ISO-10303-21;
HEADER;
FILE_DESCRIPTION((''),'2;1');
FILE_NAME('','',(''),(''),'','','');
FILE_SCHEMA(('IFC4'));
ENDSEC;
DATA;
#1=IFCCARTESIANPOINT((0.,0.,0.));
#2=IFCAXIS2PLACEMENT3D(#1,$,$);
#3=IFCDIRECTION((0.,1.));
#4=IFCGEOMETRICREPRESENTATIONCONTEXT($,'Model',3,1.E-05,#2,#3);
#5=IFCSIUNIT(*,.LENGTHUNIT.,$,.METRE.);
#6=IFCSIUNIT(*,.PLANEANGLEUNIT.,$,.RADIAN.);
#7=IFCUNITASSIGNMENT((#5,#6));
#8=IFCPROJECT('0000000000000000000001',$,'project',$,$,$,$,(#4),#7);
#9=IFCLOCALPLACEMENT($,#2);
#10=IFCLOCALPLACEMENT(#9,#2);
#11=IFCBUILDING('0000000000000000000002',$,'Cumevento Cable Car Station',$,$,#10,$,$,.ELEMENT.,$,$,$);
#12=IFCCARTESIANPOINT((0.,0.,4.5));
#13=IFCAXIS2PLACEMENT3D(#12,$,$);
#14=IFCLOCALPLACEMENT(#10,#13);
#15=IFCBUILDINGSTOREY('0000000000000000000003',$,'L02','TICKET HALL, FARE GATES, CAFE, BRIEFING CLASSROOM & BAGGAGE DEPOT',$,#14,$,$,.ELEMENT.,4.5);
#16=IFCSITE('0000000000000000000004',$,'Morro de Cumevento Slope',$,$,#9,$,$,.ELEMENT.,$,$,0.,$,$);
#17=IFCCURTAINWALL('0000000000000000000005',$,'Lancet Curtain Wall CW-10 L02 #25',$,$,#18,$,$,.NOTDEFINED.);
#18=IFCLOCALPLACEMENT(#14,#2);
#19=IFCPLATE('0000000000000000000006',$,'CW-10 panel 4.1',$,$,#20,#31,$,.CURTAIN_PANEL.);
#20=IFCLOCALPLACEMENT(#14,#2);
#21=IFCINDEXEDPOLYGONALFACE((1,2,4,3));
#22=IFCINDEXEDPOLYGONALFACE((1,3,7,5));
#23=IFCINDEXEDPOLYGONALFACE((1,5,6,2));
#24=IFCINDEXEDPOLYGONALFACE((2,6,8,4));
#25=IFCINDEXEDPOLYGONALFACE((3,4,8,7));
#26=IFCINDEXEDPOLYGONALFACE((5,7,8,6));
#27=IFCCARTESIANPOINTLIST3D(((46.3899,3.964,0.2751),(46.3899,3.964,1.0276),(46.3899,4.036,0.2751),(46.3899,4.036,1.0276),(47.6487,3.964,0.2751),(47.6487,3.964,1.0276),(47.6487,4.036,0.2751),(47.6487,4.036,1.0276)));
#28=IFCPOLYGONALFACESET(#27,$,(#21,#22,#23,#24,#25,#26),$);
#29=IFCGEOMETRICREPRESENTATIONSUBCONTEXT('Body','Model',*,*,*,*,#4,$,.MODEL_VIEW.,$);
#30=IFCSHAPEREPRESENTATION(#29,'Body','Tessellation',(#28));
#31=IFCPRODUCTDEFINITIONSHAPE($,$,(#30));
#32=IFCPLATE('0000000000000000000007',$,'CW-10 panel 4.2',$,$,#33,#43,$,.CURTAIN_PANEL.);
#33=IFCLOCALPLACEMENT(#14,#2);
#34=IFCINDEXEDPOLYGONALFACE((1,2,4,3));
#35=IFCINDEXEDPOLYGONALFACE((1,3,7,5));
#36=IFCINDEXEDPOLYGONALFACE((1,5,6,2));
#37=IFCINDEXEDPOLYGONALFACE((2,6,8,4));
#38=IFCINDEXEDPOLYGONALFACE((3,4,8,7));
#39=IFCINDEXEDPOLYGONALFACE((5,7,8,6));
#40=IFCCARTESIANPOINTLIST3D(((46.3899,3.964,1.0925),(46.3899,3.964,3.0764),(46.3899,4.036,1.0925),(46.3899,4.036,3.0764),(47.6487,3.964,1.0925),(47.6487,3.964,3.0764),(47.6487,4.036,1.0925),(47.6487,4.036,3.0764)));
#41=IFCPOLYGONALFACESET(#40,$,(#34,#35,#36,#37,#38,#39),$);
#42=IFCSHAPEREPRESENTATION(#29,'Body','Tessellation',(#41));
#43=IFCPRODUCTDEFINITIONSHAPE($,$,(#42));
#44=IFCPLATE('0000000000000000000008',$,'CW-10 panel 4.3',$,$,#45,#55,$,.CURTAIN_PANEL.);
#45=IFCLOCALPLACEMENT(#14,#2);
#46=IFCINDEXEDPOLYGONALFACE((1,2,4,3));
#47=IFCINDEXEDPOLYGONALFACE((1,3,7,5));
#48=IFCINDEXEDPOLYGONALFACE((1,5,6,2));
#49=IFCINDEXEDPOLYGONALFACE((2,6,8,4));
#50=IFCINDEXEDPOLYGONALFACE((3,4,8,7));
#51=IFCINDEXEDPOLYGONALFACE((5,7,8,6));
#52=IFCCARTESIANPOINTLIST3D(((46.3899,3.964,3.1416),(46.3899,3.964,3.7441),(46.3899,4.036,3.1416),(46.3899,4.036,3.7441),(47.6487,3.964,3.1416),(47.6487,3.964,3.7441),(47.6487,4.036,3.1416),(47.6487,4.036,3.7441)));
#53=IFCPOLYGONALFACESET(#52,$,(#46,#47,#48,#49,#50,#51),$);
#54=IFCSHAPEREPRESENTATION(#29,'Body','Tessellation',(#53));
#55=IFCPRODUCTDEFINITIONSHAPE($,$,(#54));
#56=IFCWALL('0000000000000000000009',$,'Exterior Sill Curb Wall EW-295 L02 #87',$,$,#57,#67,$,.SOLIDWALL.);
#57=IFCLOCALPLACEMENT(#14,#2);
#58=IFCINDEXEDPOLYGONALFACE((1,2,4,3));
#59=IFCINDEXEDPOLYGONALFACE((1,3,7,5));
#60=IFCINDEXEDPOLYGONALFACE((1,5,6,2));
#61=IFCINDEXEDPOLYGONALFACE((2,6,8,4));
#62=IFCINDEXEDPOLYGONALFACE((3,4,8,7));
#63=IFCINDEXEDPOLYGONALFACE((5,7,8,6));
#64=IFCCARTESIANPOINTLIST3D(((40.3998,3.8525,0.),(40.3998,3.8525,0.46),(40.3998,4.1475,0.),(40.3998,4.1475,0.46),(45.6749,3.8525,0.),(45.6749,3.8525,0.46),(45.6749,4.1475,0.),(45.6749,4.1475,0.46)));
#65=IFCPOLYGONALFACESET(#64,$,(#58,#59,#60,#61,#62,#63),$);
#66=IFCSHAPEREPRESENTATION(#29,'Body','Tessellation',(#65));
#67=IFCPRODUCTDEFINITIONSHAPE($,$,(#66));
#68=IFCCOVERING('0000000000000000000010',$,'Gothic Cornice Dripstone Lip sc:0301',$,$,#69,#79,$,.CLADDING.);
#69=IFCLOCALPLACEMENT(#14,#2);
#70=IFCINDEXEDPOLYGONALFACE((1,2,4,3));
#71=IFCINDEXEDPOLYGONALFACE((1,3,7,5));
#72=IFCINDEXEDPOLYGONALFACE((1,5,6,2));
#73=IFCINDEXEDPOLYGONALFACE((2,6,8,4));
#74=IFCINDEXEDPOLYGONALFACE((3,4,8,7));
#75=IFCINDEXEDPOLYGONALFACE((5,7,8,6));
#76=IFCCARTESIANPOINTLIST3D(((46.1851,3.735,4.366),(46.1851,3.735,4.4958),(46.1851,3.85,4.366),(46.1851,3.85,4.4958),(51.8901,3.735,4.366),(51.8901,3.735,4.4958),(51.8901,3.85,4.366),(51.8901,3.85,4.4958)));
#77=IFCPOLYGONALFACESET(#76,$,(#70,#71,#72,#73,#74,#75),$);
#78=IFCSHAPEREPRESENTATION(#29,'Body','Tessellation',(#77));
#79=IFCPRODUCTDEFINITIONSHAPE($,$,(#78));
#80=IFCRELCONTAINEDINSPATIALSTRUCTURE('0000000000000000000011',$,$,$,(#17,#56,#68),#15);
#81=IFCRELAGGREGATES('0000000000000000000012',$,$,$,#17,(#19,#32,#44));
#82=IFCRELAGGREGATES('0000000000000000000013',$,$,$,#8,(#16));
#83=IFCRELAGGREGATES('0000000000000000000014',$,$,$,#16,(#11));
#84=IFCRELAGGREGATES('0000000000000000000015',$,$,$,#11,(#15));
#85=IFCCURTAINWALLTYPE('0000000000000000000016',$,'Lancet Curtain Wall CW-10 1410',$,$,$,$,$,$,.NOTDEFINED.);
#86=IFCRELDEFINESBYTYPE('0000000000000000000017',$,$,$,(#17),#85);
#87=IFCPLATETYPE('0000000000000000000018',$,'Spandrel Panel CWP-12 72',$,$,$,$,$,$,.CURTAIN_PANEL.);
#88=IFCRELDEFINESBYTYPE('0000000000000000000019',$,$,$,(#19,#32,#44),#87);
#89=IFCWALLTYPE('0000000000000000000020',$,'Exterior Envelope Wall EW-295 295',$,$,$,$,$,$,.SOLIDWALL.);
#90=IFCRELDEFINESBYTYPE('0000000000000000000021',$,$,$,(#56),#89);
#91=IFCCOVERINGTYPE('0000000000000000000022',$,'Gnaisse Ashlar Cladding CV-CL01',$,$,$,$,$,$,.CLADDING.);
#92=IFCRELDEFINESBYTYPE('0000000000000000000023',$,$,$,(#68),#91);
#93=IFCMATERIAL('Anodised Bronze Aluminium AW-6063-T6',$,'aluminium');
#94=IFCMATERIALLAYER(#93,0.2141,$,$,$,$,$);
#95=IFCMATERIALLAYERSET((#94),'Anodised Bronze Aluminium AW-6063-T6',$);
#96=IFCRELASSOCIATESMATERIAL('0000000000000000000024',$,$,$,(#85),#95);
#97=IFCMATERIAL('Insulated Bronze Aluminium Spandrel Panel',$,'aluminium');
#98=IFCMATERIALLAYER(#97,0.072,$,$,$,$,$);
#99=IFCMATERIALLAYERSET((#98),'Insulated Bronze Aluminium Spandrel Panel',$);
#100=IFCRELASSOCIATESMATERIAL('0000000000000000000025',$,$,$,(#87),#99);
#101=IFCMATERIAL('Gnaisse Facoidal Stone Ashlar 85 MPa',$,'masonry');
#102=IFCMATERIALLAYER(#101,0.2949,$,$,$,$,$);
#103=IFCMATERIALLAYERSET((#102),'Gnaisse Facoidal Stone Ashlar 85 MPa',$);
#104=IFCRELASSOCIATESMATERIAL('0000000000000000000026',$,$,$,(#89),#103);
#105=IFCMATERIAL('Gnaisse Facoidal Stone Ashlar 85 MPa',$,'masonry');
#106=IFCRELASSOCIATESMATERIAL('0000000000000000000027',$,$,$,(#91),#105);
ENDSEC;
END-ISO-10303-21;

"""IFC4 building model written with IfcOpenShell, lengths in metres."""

from ifc_helpers import new_model, si_unit, direction, frame, frame_2d, origin, origin_2d, place, context, subcontext, project, spatial, rectangle, extrude, material, layer, layer_set, type_object, element, aggregate, save


model = new_model("IFC4")

# Units and contexts
model_context = context("Model", 3, precision=1e-05, world=origin(), true_north=direction((0.0, 1.0)))
body_context = subcontext(model_context, "Body", "Model", "MODEL_VIEW")
ifc_project = project(units=[si_unit("LENGTHUNIT", "METRE"), si_unit("PLANEANGLEUNIT", "RADIAN")], contexts=[model_context])

# Site, building, storey
site_placement = place(None, origin())
site = spatial("IfcSite", under=ifc_project, at=site_placement, Name="Morro de Cumevento Slope", CompositionType="ELEMENT", RefElevation=0.0)
building_placement = place(site_placement, origin())
building = spatial("IfcBuilding", under=site, at=building_placement, Name="Cumevento Cable Car Station", CompositionType="ELEMENT")
storey_placement = place(building_placement, frame((0.0, 0.0, 4.5)))
storey = spatial("IfcBuildingStorey", under=building, at=storey_placement, Name="L02", Description="TICKET HALL, FARE GATES, CAFE, BRIEFING CLASSROOM & BAGGAGE DEPOT", CompositionType="ELEMENT", Elevation=4.5)

# Curtain wall
ifc_material_1 = material(Name="Anodised Bronze Aluminium AW-6063-T6", Category="aluminium")
ifc_layer_1 = layer(ifc_material_1, 0.2141)
ifc_layer_set_1 = layer_set([ifc_layer_1], Name="Anodised Bronze Aluminium AW-6063-T6")
curtain_wall_type_1 = type_object("IfcCurtainWallType", Name="Lancet Curtain Wall CW-10 1410", PredefinedType="NOTDEFINED", material=ifc_layer_set_1)
curtain_wall_1_placement = place(storey_placement, origin())
curtain_wall_1 = element("IfcCurtainWall", 1, at=curtain_wall_1_placement, inside=storey, type_object=curtain_wall_type_1, Name="Lancet Curtain Wall CW-10 L02 #25", PredefinedType="NOTDEFINED")

# Plates
ifc_material_2 = material(Name="Insulated Bronze Aluminium Spandrel Panel", Category="aluminium")
ifc_layer_2 = layer(ifc_material_2, 0.072)
ifc_layer_set_2 = layer_set([ifc_layer_2], Name="Insulated Bronze Aluminium Spandrel Panel")
plate_type = type_object("IfcPlateType", Name="Spandrel Panel CWP-12 72", PredefinedType="CURTAIN_PANEL", material=ifc_layer_set_2)
plate_1_placement = place(storey_placement, frame((47.0193, 4.0, 0.2751), z_axis=(0.0, 0.0, 1.0), x_axis=(-1.0, 0.0, 0.0)))
plate_1 = element("IfcPlate", 2, at=plate_1_placement, type_object=plate_type, Name="CW-10 panel 4.1", PredefinedType="CURTAIN_PANEL", context=body_context, shape_type="SweptSolid", body=[
    extrude(rectangle(XDim=1.2588, YDim=0.072, at=origin_2d()), origin(), (0.0, 0.0, 1.0), 0.7524),
])
plate_2_placement = place(storey_placement, frame((47.0193, 4.0, 1.0925), z_axis=(0.0, 0.0, 1.0), x_axis=(-1.0, 0.0, 0.0)))
plate_2 = element("IfcPlate", 3, at=plate_2_placement, type_object=plate_type, Name="CW-10 panel 4.2", PredefinedType="CURTAIN_PANEL", context=body_context, shape_type="SweptSolid", body=[
    extrude(rectangle(XDim=1.2588, YDim=0.072, at=origin_2d()), origin(), (0.0, 0.0, 1.0), 1.9839),
])
plate_3_placement = place(storey_placement, frame((47.0193, 4.0, 3.1416), z_axis=(0.0, 0.0, 1.0), x_axis=(-1.0, 0.0, 0.0)))
plate_3 = element("IfcPlate", 4, at=plate_3_placement, type_object=plate_type, Name="CW-10 panel 4.3", PredefinedType="CURTAIN_PANEL", context=body_context, shape_type="SweptSolid", body=[
    extrude(rectangle(XDim=1.2588, YDim=0.072, at=origin_2d()), origin(), (0.0, 0.0, 1.0), 0.6025),
])
aggregate(curtain_wall_1, [plate_1, plate_2, plate_3])

# Wall
ifc_material_3 = material(Name="Gnaisse Facoidal Stone Ashlar 85 MPa", Category="masonry")
ifc_layer_3 = layer(ifc_material_3, 0.2949)
ifc_layer_set_3 = layer_set([ifc_layer_3], Name="Gnaisse Facoidal Stone Ashlar 85 MPa")
wall_type = type_object("IfcWallType", Name="Exterior Envelope Wall EW-295 295", PredefinedType="SOLIDWALL", material=ifc_layer_set_3)
wall_placement = place(storey_placement, frame((45.675, 4.0, 0.0), z_axis=(0.0, 0.0, 1.0), x_axis=(-1.0, 0.0, 0.0)))
element("IfcWall", 5, at=wall_placement, inside=storey, type_object=wall_type, Name="Exterior Sill Curb Wall EW-295 L02 #87", PredefinedType="SOLIDWALL", context=body_context, shape_type="SweptSolid", body=[
    extrude(rectangle(XDim=5.2751, YDim=0.2949, at=frame_2d((2.6377, 0.0))), origin(), (0.0, 0.0, 1.0), 0.46),
])

# Covering
ifc_material_4 = material(Name="Gnaisse Facoidal Stone Ashlar 85 MPa", Category="masonry")
covering_type = type_object("IfcCoveringType", Name="Gnaisse Ashlar Cladding CV-CL01", PredefinedType="CLADDING", material=ifc_material_4)
covering_1_placement = place(storey_placement, frame((49.0376, 3.7925, 4.366), z_axis=(0.0, 0.0, 1.0), x_axis=(-1.0, 0.0, 0.0)))
element("IfcCovering", 6, at=covering_1_placement, inside=storey, type_object=covering_type, Name="Gothic Cornice Dripstone Lip sc:0301", PredefinedType="CLADDING", context=body_context, shape_type="SweptSolid", body=[
    extrude(rectangle(XDim=5.7051, YDim=0.115, at=origin_2d()), origin(), (0.0, 0.0, 1.0), 0.1299),
])

save(model, "model.ifc")
